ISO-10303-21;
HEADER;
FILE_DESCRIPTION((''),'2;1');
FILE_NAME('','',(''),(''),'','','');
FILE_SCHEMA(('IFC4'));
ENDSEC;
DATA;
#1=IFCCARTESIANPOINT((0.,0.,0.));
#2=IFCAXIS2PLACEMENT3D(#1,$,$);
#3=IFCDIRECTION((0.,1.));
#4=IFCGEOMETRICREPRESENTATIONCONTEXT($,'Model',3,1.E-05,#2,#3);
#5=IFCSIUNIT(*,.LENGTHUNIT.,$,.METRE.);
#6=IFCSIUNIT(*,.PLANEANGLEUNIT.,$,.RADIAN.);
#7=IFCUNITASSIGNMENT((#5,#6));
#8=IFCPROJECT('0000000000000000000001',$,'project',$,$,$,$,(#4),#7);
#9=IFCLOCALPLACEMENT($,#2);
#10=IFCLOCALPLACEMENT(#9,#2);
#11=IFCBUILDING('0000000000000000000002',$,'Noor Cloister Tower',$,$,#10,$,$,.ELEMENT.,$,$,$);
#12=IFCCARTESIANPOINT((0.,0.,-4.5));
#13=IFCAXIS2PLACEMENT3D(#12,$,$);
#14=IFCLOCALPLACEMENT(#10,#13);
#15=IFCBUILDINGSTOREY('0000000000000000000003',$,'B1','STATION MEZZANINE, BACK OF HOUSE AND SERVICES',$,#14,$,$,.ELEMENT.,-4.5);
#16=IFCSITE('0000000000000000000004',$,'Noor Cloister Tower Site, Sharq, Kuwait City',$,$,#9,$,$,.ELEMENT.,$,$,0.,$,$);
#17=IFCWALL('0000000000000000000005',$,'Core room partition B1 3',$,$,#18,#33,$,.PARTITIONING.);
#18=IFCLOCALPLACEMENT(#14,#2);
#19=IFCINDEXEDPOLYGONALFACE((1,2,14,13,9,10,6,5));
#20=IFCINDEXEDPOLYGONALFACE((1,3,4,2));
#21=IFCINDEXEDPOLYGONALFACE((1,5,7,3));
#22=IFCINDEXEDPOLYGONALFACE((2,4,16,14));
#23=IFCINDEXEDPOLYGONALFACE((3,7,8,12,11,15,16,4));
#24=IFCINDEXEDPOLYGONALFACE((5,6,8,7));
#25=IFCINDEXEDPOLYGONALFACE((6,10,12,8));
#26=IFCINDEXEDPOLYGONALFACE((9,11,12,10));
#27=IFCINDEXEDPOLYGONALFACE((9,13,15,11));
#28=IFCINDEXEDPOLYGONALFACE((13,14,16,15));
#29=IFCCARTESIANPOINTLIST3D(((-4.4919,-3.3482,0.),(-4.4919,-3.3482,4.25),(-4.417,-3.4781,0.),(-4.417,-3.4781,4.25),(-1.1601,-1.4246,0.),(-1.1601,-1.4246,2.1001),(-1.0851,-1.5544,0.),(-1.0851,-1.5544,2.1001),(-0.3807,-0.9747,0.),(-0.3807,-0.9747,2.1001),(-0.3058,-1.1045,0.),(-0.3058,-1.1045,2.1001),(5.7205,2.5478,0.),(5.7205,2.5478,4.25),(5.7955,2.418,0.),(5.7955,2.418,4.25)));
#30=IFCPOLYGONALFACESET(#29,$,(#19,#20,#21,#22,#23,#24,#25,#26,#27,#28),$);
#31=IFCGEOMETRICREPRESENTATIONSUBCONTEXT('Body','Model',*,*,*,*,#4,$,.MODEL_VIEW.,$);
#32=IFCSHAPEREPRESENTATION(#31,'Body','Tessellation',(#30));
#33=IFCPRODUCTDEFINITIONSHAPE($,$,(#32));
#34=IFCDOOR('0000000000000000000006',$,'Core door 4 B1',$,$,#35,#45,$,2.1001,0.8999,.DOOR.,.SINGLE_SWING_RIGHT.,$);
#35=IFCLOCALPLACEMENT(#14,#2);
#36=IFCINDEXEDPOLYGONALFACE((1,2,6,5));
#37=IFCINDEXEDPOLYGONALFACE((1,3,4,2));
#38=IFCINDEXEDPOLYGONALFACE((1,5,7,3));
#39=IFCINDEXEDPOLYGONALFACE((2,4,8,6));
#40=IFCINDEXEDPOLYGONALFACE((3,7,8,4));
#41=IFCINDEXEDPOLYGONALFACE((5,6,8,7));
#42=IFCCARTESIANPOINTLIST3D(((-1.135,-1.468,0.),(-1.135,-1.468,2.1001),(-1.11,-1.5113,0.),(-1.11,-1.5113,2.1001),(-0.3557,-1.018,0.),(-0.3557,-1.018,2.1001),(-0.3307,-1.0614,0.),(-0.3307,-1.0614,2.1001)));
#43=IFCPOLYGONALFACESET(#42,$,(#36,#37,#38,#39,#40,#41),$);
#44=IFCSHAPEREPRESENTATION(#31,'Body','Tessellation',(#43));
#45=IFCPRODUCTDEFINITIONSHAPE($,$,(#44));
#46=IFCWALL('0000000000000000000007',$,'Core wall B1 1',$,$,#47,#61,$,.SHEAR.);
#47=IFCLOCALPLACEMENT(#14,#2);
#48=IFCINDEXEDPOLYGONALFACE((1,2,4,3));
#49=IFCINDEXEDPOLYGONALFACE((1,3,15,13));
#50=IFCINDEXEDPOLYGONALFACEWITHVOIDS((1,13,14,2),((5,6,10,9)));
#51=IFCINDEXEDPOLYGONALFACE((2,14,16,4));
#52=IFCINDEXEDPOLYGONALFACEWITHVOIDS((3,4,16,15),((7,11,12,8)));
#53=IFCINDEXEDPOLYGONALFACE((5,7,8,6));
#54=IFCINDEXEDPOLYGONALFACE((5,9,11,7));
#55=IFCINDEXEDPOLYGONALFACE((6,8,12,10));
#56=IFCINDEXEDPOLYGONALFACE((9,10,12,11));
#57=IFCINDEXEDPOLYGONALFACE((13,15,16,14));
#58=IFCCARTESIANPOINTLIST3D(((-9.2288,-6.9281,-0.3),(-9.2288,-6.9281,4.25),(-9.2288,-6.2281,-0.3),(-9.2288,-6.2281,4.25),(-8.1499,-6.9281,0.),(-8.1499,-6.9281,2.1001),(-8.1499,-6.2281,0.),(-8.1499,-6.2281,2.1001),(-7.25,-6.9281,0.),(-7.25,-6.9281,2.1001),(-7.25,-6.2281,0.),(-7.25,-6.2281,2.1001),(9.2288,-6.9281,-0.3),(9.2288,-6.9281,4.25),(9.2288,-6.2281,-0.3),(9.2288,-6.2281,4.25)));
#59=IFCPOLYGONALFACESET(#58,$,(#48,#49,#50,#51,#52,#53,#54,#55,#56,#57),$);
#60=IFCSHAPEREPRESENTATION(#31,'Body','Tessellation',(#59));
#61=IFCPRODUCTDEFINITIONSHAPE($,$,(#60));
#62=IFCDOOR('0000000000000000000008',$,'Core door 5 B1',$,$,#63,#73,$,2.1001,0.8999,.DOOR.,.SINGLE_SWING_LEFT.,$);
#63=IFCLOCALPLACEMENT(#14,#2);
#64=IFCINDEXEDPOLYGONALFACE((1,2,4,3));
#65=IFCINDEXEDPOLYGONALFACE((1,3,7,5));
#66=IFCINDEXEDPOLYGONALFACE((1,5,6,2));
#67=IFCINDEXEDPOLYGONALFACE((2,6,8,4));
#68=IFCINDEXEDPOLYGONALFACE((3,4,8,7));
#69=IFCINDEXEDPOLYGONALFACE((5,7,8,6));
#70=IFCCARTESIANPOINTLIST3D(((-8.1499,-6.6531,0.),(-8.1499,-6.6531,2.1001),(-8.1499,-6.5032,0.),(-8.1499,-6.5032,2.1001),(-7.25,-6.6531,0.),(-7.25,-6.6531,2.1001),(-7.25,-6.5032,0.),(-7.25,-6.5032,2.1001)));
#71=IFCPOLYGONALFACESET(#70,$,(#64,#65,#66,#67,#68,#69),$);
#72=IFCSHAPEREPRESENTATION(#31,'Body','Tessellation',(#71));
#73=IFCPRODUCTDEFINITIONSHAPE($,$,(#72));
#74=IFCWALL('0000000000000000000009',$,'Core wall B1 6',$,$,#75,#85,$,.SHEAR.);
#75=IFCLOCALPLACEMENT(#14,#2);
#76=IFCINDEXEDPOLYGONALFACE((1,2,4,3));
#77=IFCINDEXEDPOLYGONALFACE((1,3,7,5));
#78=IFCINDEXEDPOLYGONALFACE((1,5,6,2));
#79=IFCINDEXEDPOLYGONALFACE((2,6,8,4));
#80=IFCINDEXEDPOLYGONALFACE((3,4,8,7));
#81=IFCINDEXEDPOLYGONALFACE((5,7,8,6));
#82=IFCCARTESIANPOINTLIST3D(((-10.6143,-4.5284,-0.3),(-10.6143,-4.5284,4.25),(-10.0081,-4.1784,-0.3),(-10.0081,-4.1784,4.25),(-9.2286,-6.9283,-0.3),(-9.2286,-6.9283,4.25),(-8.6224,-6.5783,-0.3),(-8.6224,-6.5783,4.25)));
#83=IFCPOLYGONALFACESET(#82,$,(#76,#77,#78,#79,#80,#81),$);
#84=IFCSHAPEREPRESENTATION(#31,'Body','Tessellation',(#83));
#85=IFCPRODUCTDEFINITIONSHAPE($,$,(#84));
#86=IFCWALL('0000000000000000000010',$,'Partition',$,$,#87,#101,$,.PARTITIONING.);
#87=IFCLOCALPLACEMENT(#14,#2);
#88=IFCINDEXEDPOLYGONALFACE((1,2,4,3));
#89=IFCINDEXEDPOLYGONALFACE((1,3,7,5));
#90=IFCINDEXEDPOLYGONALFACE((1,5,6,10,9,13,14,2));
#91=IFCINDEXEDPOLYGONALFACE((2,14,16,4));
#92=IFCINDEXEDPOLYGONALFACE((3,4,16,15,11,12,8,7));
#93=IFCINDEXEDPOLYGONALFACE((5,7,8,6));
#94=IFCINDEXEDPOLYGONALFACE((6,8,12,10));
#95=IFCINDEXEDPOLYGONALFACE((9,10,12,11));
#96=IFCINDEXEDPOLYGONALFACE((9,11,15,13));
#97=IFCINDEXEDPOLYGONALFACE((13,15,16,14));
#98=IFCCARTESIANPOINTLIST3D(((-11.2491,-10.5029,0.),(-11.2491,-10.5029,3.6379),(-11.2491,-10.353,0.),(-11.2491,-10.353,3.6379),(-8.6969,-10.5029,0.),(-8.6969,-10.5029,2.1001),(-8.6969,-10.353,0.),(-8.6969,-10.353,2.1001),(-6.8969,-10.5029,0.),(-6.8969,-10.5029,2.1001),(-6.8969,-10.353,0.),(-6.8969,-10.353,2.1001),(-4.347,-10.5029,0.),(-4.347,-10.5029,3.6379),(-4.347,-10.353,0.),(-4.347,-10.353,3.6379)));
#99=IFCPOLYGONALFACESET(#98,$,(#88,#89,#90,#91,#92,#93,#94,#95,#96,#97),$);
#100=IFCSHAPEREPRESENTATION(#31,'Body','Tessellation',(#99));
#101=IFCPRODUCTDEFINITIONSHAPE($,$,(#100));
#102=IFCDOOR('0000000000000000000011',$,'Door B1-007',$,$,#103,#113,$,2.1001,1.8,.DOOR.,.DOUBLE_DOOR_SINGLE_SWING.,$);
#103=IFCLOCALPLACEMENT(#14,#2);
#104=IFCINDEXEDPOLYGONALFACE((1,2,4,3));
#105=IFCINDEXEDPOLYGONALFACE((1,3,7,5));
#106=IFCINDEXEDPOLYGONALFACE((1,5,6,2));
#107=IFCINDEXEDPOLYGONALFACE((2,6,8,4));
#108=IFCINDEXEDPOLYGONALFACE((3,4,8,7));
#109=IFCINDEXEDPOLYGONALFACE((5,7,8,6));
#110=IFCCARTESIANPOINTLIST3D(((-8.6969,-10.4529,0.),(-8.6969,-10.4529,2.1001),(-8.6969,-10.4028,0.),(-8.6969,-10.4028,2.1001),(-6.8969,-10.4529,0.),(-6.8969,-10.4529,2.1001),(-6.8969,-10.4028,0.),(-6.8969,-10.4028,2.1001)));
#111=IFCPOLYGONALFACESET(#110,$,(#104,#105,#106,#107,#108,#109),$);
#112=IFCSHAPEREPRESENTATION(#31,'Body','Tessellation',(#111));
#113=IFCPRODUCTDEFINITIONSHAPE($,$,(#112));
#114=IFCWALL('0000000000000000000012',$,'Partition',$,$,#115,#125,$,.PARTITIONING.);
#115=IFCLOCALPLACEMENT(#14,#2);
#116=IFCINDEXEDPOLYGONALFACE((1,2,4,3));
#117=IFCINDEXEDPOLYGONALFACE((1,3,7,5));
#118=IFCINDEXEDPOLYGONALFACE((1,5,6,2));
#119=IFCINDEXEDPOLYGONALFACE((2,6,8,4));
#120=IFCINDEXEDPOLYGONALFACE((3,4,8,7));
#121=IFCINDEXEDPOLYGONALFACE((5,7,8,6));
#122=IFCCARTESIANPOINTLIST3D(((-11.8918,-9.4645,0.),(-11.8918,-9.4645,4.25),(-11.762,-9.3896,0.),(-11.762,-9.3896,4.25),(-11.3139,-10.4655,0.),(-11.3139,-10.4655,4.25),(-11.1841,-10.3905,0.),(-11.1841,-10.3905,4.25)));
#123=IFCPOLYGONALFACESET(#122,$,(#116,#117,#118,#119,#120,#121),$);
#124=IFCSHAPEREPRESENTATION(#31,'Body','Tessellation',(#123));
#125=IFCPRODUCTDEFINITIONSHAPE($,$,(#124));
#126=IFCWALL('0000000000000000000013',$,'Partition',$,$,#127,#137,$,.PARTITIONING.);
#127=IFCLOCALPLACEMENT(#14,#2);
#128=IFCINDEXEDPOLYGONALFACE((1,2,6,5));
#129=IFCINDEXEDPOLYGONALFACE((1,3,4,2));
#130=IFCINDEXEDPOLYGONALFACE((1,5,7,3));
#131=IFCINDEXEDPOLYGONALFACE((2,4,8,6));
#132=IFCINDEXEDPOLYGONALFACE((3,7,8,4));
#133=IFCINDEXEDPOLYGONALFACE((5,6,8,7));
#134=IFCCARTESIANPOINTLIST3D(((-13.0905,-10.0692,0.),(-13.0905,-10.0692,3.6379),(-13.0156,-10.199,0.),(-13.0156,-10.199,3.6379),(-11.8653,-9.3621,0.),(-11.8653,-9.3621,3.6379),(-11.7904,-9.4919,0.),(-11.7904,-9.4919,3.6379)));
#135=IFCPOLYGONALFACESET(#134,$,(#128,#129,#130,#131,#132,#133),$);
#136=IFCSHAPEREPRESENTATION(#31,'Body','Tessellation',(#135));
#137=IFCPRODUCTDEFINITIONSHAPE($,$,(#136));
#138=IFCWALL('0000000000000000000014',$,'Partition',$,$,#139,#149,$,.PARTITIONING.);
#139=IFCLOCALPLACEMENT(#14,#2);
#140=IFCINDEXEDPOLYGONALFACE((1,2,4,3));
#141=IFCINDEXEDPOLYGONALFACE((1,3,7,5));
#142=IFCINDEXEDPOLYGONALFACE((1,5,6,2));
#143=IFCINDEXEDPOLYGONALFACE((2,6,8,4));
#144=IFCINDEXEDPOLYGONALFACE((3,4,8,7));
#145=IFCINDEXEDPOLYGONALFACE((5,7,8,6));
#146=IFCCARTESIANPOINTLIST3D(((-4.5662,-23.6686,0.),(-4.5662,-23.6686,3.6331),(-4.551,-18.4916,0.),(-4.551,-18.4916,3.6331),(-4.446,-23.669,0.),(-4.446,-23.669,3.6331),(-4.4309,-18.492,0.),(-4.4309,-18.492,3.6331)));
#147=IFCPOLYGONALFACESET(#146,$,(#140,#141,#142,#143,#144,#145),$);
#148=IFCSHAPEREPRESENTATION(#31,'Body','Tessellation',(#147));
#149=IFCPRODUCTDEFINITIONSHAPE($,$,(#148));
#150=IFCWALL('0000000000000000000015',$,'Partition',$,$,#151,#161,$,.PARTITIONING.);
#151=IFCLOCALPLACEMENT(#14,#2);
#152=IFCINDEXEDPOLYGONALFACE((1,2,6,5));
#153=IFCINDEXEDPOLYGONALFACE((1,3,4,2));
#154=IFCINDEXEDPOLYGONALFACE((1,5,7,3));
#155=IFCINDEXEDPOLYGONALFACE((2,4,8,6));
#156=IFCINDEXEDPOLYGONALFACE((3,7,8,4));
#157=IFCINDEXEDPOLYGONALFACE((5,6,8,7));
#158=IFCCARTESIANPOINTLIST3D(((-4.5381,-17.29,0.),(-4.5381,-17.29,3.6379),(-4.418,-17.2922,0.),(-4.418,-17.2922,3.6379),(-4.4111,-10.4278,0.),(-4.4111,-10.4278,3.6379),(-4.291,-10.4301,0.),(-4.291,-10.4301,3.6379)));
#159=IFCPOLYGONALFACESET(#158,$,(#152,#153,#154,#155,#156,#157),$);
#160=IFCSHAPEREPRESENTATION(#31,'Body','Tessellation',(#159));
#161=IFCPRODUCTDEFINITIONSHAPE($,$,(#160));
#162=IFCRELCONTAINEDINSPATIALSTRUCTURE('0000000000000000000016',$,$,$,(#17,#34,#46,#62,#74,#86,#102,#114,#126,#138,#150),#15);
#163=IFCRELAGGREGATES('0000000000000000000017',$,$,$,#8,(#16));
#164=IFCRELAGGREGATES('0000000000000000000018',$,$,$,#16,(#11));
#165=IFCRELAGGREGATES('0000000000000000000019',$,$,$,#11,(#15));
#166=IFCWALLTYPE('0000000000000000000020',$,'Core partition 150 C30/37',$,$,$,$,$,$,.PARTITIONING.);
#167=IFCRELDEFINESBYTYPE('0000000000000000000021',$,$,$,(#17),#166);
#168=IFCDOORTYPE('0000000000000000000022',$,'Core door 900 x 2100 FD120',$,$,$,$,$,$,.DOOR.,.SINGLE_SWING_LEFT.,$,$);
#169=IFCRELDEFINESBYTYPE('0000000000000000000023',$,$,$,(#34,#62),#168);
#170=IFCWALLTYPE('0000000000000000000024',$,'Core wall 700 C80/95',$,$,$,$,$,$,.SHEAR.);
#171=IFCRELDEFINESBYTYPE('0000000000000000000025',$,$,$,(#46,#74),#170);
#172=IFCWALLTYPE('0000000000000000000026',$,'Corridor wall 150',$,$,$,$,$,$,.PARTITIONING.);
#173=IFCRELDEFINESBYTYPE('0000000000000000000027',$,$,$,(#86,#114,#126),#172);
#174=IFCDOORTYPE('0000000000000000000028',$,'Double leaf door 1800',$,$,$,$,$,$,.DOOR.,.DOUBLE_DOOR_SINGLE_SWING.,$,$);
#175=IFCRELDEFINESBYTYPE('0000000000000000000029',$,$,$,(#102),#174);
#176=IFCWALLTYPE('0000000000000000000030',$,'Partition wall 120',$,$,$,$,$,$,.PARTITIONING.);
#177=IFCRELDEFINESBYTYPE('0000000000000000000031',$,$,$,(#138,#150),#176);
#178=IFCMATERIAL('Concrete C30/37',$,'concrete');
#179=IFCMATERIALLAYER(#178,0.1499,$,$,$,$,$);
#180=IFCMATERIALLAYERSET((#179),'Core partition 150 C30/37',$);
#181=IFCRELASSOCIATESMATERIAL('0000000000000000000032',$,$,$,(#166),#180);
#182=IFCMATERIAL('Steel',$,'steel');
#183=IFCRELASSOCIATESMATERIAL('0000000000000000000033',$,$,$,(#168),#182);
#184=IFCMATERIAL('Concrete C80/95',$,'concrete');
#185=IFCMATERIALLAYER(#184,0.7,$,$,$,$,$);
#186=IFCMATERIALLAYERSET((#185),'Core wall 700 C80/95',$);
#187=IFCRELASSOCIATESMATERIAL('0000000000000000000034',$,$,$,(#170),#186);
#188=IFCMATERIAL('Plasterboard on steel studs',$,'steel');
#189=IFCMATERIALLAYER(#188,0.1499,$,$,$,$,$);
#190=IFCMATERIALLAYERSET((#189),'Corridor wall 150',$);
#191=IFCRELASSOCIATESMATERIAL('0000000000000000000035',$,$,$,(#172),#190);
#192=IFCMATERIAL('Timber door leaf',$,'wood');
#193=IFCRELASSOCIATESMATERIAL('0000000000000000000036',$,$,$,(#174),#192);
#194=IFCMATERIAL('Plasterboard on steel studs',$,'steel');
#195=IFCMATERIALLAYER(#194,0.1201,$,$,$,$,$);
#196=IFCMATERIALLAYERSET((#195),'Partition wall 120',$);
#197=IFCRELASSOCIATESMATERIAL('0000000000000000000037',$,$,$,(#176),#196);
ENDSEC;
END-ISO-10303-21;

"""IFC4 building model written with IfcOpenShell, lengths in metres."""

from ifc_helpers import new_model, si_unit, direction, frame, frame_2d, origin, place, context, subcontext, project, spatial, rectangle, extrude, material, layer, layer_set, type_object, element, fill, save


model = new_model("IFC4")

# Units and contexts
model_context = context("Model", 3, precision=1e-05, world=origin(), true_north=direction((0.0, 1.0)))
body_context = subcontext(model_context, "Body", "Model", "MODEL_VIEW")
ifc_project = project(units=[si_unit("LENGTHUNIT", "METRE"), si_unit("PLANEANGLEUNIT", "RADIAN")], contexts=[model_context])

# Site, building, storey
site_placement = place(None, origin())
site = spatial("IfcSite", under=ifc_project, at=site_placement, Name="Noor Cloister Tower Site, Sharq, Kuwait City", CompositionType="ELEMENT", RefElevation=0.0)
building_placement = place(site_placement, origin())
building = spatial("IfcBuilding", under=site, at=building_placement, Name="Noor Cloister Tower", CompositionType="ELEMENT")
storey_placement = place(building_placement, frame((0.0, 0.0, -4.5)))
storey = spatial("IfcBuildingStorey", under=building, at=storey_placement, Name="B1", Description="STATION MEZZANINE, BACK OF HOUSE AND SERVICES", CompositionType="ELEMENT", Elevation=-4.5)

# Walls, openings, doors
ifc_material_1 = material(Name="Concrete C30/37", Category="concrete")
ifc_layer_1 = layer(ifc_material_1, 0.1499)
ifc_layer_set_1 = layer_set([ifc_layer_1], Name="Core partition 150 C30/37")
wall_type_1 = type_object("IfcWallType", Name="Core partition 150 C30/37", PredefinedType="PARTITIONING", material=ifc_layer_set_1)
wall_1_placement = place(storey_placement, frame((-4.4543, -3.4131, 0.0), z_axis=(0.0, 0.0, 1.0), x_axis=(0.86603, 0.499991, 0.0)))
wall_1 = element("IfcWall", 1, at=wall_1_placement, inside=storey, type_object=wall_type_1, Name="Core room partition B1 3", PredefinedType="PARTITIONING", context=body_context, shape_type="SweptSolid", body=[
    extrude(rectangle(XDim=11.7922, YDim=0.1499, at=frame_2d((5.896, 0.0))), origin(), (0.0, 0.0, 1.0), 4.25),
])
opening_1_placement = place(wall_1_placement, frame((3.8472, 0.0, 0.0)))
opening_1 = element("IfcOpeningElement", 2, at=opening_1_placement, cuts=wall_1, PredefinedType="OPENING", context=body_context, shape_type="SweptSolid", body=[
    extrude(rectangle(XDim=0.8999, YDim=2.1001, at=frame_2d((0.45, 1.05))), frame((0.0, 0.085, 0.0), z_axis=(0.0, -1.0, 0.0), x_axis=(1.0, 0.0, 0.0)), (0.0, 0.0, 1.0), 0.1699),
])
ifc_material_2 = material(Name="Steel", Category="steel")
door_type_1 = type_object("IfcDoorType", Name="Core door 900 x 2100 FD120", OperationType="SINGLE_SWING_LEFT", PredefinedType="DOOR", material=ifc_material_2)
door_1_placement = place(opening_1_placement, origin())
door_1 = element("IfcDoor", 3, at=door_1_placement, inside=storey, type_object=door_type_1, Name="Core door 4 B1", OperationType="SINGLE_SWING_RIGHT", OverallHeight=2.1001, OverallWidth=0.8999, PredefinedType="DOOR", context=body_context, shape_type="SweptSolid", body=[
    extrude(rectangle(XDim=0.8999, YDim=2.1001, at=frame_2d((0.45, 1.05))), frame((0.0, 0.0249, 0.0), z_axis=(0.0, -1.0, 0.0), x_axis=(1.0, 0.0, 0.0)), (0.0, 0.0, 1.0), 0.05),
])
fill(opening_1, door_1)
ifc_material_3 = material(Name="Concrete C80/95", Category="concrete")
ifc_layer_2 = layer(ifc_material_3, 0.7)
ifc_layer_set_2 = layer_set([ifc_layer_2], Name="Core wall 700 C80/95")
wall_type_2 = type_object("IfcWallType", Name="Core wall 700 C80/95", PredefinedType="SHEAR", material=ifc_layer_set_2)
wall_2_placement = place(storey_placement, frame((-9.2288, -6.5781, -0.3), z_axis=(0.0, 0.0, 1.0), x_axis=(1.0, 0.0, 0.0)))
wall_2 = element("IfcWall", 4, at=wall_2_placement, inside=storey, type_object=wall_type_2, Name="Core wall B1 1", PredefinedType="SHEAR", context=body_context, shape_type="SweptSolid", body=[
    extrude(rectangle(XDim=18.4575, YDim=0.7, at=frame_2d((9.2288, 0.0))), origin(), (0.0, 0.0, 1.0), 4.55),
])
opening_2_placement = place(wall_2_placement, frame((1.0789, 0.0, 0.3)))
opening_2 = element("IfcOpeningElement", 5, at=opening_2_placement, cuts=wall_2, PredefinedType="OPENING", context=body_context, shape_type="SweptSolid", body=[
    extrude(rectangle(XDim=0.8999, YDim=2.1001, at=frame_2d((0.45, 1.05))), frame((0.0, 0.3599, 0.0), z_axis=(0.0, -1.0, 0.0), x_axis=(1.0, 0.0, 0.0)), (0.0, 0.0, 1.0), 0.72),
])
door_2_placement = place(opening_2_placement, origin())
door_2 = element("IfcDoor", 6, at=door_2_placement, inside=storey, type_object=door_type_1, Name="Core door 5 B1", OperationType="SINGLE_SWING_LEFT", OverallHeight=2.1001, OverallWidth=0.8999, PredefinedType="DOOR", context=body_context, shape_type="SweptSolid", body=[
    extrude(rectangle(XDim=0.8999, YDim=2.1001, at=frame_2d((0.45, 1.05))), frame((0.0, 0.075, 0.0), z_axis=(0.0, -1.0, 0.0), x_axis=(1.0, 0.0, 0.0)), (0.0, 0.0, 1.0), 0.1499),
])
fill(opening_2, door_2)

# Wall
wall_3_placement = place(storey_placement, frame((-10.3113, -4.3533, -0.3), z_axis=(0.0, 0.0, 1.0), x_axis=(0.500043, -0.866001, 0.0)))
element("IfcWall", 7, at=wall_3_placement, inside=storey, type_object=wall_type_2, Name="Core wall B1 6", PredefinedType="SHEAR", context=body_context, shape_type="SweptSolid", body=[
    extrude(rectangle(XDim=2.7712, YDim=0.7, at=frame_2d((1.3857, 0.0))), origin(), (0.0, 0.0, 1.0), 4.55),
])

# Wall, opening, door
ifc_material_4 = material(Name="Plasterboard on steel studs", Category="steel")
ifc_layer_3 = layer(ifc_material_4, 0.1499)
ifc_layer_set_3 = layer_set([ifc_layer_3], Name="Corridor wall 150")
wall_type_3 = type_object("IfcWallType", Name="Corridor wall 150", PredefinedType="PARTITIONING", material=ifc_layer_set_3)
wall_4_placement = place(storey_placement, frame((-4.3469, -10.428, 0.0), z_axis=(0.0, 0.0, 1.0), x_axis=(-1.0, 0.0, 0.0)))
wall_4 = element("IfcWall", 8, at=wall_4_placement, inside=storey, type_object=wall_type_3, Name="Partition", PredefinedType="PARTITIONING", context=body_context, shape_type="SweptSolid", body=[
    extrude(rectangle(XDim=6.9021, YDim=0.1499, at=frame_2d((3.4512, 0.0))), origin(), (0.0, 0.0, 1.0), 3.6379),
])
opening_3_placement = place(wall_4_placement, frame((2.55, 0.0, 0.0)))
opening_3 = element("IfcOpeningElement", 9, at=opening_3_placement, cuts=wall_4, PredefinedType="OPENING", context=body_context, shape_type="SweptSolid", body=[
    extrude(rectangle(XDim=1.8, YDim=2.1001, at=frame_2d((0.8999, 1.05))), frame((0.0, 0.085, 0.0), z_axis=(0.0, -1.0, 0.0), x_axis=(1.0, 0.0, 0.0)), (0.0, 0.0, 1.0), 0.1699),
])
ifc_material_5 = material(Name="Timber door leaf", Category="wood")
door_type_2 = type_object("IfcDoorType", Name="Double leaf door 1800", OperationType="DOUBLE_DOOR_SINGLE_SWING", PredefinedType="DOOR", material=ifc_material_5)
door_3_placement = place(opening_3_placement, origin())
door_3 = element("IfcDoor", 10, at=door_3_placement, inside=storey, type_object=door_type_2, Name="Door B1-007", OperationType="DOUBLE_DOOR_SINGLE_SWING", OverallHeight=2.1001, OverallWidth=1.8, PredefinedType="DOOR", context=body_context, shape_type="SweptSolid", body=[
    extrude(rectangle(XDim=1.8, YDim=2.1001, at=frame_2d((0.8999, 1.05))), frame((0.0, 0.0249, 0.0), z_axis=(0.0, -1.0, 0.0), x_axis=(1.0, 0.0, 0.0)), (0.0, 0.0, 1.0), 0.05),
])
fill(opening_3, door_3)

# Walls
wall_5_placement = place(storey_placement, frame((-11.249, -10.428, 0.0), z_axis=(0.0, 0.0, 1.0), x_axis=(-0.499978, 0.866038, 0.0)))
element("IfcWall", 11, at=wall_5_placement, inside=storey, type_object=wall_type_3, Name="Partition", PredefinedType="PARTITIONING", context=body_context, shape_type="SweptSolid", body=[
    extrude(rectangle(XDim=1.1558, YDim=0.1499, at=frame_2d((0.5779, 0.0))), origin(), (0.0, 0.0, 1.0), 4.25),
])
wall_6_placement = place(storey_placement, frame((-11.8279, -9.427, 0.0), z_axis=(0.0, 0.0, 1.0), x_axis=(-0.866111, -0.499852, 0.0)))
element("IfcWall", 12, at=wall_6_placement, inside=storey, type_object=wall_type_3, Name="Partition", PredefinedType="PARTITIONING", context=body_context, shape_type="SweptSolid", body=[
    extrude(rectangle(XDim=1.4146, YDim=0.1499, at=frame_2d((0.7073, 0.0))), origin(), (0.0, 0.0, 1.0), 3.6379),
])
ifc_material_6 = material(Name="Plasterboard on steel studs", Category="steel")
ifc_layer_4 = layer(ifc_material_6, 0.1201)
ifc_layer_set_4 = layer_set([ifc_layer_4], Name="Partition wall 120")
wall_type_4 = type_object("IfcWallType", Name="Partition wall 120", PredefinedType="PARTITIONING", material=ifc_layer_set_4)
wall_7_placement = place(storey_placement, frame((-4.491, -18.4919, 0.0), z_axis=(0.0, 0.0, 1.0), x_axis=(-0.002924, -0.999996, 0.0)))
element("IfcWall", 13, at=wall_7_placement, inside=storey, type_object=wall_type_4, Name="Partition", PredefinedType="PARTITIONING", context=body_context, shape_type="SweptSolid", body=[
    extrude(rectangle(XDim=5.177, YDim=0.1201, at=frame_2d((2.5884, 0.0))), origin(), (0.0, 0.0, 1.0), 3.6331),
])
wall_8_placement = place(storey_placement, frame((-4.3511, -10.429, 0.0), z_axis=(0.0, 0.0, 1.0), x_axis=(-0.018498, -0.999829, 0.0)))
element("IfcWall", 14, at=wall_8_placement, inside=storey, type_object=wall_type_4, Name="Partition", PredefinedType="PARTITIONING", context=body_context, shape_type="SweptSolid", body=[
    extrude(rectangle(XDim=6.8633, YDim=0.1201, at=frame_2d((3.4316, 0.0))), origin(), (0.0, 0.0, 1.0), 3.6379),
])

save(model, "model.ifc")
